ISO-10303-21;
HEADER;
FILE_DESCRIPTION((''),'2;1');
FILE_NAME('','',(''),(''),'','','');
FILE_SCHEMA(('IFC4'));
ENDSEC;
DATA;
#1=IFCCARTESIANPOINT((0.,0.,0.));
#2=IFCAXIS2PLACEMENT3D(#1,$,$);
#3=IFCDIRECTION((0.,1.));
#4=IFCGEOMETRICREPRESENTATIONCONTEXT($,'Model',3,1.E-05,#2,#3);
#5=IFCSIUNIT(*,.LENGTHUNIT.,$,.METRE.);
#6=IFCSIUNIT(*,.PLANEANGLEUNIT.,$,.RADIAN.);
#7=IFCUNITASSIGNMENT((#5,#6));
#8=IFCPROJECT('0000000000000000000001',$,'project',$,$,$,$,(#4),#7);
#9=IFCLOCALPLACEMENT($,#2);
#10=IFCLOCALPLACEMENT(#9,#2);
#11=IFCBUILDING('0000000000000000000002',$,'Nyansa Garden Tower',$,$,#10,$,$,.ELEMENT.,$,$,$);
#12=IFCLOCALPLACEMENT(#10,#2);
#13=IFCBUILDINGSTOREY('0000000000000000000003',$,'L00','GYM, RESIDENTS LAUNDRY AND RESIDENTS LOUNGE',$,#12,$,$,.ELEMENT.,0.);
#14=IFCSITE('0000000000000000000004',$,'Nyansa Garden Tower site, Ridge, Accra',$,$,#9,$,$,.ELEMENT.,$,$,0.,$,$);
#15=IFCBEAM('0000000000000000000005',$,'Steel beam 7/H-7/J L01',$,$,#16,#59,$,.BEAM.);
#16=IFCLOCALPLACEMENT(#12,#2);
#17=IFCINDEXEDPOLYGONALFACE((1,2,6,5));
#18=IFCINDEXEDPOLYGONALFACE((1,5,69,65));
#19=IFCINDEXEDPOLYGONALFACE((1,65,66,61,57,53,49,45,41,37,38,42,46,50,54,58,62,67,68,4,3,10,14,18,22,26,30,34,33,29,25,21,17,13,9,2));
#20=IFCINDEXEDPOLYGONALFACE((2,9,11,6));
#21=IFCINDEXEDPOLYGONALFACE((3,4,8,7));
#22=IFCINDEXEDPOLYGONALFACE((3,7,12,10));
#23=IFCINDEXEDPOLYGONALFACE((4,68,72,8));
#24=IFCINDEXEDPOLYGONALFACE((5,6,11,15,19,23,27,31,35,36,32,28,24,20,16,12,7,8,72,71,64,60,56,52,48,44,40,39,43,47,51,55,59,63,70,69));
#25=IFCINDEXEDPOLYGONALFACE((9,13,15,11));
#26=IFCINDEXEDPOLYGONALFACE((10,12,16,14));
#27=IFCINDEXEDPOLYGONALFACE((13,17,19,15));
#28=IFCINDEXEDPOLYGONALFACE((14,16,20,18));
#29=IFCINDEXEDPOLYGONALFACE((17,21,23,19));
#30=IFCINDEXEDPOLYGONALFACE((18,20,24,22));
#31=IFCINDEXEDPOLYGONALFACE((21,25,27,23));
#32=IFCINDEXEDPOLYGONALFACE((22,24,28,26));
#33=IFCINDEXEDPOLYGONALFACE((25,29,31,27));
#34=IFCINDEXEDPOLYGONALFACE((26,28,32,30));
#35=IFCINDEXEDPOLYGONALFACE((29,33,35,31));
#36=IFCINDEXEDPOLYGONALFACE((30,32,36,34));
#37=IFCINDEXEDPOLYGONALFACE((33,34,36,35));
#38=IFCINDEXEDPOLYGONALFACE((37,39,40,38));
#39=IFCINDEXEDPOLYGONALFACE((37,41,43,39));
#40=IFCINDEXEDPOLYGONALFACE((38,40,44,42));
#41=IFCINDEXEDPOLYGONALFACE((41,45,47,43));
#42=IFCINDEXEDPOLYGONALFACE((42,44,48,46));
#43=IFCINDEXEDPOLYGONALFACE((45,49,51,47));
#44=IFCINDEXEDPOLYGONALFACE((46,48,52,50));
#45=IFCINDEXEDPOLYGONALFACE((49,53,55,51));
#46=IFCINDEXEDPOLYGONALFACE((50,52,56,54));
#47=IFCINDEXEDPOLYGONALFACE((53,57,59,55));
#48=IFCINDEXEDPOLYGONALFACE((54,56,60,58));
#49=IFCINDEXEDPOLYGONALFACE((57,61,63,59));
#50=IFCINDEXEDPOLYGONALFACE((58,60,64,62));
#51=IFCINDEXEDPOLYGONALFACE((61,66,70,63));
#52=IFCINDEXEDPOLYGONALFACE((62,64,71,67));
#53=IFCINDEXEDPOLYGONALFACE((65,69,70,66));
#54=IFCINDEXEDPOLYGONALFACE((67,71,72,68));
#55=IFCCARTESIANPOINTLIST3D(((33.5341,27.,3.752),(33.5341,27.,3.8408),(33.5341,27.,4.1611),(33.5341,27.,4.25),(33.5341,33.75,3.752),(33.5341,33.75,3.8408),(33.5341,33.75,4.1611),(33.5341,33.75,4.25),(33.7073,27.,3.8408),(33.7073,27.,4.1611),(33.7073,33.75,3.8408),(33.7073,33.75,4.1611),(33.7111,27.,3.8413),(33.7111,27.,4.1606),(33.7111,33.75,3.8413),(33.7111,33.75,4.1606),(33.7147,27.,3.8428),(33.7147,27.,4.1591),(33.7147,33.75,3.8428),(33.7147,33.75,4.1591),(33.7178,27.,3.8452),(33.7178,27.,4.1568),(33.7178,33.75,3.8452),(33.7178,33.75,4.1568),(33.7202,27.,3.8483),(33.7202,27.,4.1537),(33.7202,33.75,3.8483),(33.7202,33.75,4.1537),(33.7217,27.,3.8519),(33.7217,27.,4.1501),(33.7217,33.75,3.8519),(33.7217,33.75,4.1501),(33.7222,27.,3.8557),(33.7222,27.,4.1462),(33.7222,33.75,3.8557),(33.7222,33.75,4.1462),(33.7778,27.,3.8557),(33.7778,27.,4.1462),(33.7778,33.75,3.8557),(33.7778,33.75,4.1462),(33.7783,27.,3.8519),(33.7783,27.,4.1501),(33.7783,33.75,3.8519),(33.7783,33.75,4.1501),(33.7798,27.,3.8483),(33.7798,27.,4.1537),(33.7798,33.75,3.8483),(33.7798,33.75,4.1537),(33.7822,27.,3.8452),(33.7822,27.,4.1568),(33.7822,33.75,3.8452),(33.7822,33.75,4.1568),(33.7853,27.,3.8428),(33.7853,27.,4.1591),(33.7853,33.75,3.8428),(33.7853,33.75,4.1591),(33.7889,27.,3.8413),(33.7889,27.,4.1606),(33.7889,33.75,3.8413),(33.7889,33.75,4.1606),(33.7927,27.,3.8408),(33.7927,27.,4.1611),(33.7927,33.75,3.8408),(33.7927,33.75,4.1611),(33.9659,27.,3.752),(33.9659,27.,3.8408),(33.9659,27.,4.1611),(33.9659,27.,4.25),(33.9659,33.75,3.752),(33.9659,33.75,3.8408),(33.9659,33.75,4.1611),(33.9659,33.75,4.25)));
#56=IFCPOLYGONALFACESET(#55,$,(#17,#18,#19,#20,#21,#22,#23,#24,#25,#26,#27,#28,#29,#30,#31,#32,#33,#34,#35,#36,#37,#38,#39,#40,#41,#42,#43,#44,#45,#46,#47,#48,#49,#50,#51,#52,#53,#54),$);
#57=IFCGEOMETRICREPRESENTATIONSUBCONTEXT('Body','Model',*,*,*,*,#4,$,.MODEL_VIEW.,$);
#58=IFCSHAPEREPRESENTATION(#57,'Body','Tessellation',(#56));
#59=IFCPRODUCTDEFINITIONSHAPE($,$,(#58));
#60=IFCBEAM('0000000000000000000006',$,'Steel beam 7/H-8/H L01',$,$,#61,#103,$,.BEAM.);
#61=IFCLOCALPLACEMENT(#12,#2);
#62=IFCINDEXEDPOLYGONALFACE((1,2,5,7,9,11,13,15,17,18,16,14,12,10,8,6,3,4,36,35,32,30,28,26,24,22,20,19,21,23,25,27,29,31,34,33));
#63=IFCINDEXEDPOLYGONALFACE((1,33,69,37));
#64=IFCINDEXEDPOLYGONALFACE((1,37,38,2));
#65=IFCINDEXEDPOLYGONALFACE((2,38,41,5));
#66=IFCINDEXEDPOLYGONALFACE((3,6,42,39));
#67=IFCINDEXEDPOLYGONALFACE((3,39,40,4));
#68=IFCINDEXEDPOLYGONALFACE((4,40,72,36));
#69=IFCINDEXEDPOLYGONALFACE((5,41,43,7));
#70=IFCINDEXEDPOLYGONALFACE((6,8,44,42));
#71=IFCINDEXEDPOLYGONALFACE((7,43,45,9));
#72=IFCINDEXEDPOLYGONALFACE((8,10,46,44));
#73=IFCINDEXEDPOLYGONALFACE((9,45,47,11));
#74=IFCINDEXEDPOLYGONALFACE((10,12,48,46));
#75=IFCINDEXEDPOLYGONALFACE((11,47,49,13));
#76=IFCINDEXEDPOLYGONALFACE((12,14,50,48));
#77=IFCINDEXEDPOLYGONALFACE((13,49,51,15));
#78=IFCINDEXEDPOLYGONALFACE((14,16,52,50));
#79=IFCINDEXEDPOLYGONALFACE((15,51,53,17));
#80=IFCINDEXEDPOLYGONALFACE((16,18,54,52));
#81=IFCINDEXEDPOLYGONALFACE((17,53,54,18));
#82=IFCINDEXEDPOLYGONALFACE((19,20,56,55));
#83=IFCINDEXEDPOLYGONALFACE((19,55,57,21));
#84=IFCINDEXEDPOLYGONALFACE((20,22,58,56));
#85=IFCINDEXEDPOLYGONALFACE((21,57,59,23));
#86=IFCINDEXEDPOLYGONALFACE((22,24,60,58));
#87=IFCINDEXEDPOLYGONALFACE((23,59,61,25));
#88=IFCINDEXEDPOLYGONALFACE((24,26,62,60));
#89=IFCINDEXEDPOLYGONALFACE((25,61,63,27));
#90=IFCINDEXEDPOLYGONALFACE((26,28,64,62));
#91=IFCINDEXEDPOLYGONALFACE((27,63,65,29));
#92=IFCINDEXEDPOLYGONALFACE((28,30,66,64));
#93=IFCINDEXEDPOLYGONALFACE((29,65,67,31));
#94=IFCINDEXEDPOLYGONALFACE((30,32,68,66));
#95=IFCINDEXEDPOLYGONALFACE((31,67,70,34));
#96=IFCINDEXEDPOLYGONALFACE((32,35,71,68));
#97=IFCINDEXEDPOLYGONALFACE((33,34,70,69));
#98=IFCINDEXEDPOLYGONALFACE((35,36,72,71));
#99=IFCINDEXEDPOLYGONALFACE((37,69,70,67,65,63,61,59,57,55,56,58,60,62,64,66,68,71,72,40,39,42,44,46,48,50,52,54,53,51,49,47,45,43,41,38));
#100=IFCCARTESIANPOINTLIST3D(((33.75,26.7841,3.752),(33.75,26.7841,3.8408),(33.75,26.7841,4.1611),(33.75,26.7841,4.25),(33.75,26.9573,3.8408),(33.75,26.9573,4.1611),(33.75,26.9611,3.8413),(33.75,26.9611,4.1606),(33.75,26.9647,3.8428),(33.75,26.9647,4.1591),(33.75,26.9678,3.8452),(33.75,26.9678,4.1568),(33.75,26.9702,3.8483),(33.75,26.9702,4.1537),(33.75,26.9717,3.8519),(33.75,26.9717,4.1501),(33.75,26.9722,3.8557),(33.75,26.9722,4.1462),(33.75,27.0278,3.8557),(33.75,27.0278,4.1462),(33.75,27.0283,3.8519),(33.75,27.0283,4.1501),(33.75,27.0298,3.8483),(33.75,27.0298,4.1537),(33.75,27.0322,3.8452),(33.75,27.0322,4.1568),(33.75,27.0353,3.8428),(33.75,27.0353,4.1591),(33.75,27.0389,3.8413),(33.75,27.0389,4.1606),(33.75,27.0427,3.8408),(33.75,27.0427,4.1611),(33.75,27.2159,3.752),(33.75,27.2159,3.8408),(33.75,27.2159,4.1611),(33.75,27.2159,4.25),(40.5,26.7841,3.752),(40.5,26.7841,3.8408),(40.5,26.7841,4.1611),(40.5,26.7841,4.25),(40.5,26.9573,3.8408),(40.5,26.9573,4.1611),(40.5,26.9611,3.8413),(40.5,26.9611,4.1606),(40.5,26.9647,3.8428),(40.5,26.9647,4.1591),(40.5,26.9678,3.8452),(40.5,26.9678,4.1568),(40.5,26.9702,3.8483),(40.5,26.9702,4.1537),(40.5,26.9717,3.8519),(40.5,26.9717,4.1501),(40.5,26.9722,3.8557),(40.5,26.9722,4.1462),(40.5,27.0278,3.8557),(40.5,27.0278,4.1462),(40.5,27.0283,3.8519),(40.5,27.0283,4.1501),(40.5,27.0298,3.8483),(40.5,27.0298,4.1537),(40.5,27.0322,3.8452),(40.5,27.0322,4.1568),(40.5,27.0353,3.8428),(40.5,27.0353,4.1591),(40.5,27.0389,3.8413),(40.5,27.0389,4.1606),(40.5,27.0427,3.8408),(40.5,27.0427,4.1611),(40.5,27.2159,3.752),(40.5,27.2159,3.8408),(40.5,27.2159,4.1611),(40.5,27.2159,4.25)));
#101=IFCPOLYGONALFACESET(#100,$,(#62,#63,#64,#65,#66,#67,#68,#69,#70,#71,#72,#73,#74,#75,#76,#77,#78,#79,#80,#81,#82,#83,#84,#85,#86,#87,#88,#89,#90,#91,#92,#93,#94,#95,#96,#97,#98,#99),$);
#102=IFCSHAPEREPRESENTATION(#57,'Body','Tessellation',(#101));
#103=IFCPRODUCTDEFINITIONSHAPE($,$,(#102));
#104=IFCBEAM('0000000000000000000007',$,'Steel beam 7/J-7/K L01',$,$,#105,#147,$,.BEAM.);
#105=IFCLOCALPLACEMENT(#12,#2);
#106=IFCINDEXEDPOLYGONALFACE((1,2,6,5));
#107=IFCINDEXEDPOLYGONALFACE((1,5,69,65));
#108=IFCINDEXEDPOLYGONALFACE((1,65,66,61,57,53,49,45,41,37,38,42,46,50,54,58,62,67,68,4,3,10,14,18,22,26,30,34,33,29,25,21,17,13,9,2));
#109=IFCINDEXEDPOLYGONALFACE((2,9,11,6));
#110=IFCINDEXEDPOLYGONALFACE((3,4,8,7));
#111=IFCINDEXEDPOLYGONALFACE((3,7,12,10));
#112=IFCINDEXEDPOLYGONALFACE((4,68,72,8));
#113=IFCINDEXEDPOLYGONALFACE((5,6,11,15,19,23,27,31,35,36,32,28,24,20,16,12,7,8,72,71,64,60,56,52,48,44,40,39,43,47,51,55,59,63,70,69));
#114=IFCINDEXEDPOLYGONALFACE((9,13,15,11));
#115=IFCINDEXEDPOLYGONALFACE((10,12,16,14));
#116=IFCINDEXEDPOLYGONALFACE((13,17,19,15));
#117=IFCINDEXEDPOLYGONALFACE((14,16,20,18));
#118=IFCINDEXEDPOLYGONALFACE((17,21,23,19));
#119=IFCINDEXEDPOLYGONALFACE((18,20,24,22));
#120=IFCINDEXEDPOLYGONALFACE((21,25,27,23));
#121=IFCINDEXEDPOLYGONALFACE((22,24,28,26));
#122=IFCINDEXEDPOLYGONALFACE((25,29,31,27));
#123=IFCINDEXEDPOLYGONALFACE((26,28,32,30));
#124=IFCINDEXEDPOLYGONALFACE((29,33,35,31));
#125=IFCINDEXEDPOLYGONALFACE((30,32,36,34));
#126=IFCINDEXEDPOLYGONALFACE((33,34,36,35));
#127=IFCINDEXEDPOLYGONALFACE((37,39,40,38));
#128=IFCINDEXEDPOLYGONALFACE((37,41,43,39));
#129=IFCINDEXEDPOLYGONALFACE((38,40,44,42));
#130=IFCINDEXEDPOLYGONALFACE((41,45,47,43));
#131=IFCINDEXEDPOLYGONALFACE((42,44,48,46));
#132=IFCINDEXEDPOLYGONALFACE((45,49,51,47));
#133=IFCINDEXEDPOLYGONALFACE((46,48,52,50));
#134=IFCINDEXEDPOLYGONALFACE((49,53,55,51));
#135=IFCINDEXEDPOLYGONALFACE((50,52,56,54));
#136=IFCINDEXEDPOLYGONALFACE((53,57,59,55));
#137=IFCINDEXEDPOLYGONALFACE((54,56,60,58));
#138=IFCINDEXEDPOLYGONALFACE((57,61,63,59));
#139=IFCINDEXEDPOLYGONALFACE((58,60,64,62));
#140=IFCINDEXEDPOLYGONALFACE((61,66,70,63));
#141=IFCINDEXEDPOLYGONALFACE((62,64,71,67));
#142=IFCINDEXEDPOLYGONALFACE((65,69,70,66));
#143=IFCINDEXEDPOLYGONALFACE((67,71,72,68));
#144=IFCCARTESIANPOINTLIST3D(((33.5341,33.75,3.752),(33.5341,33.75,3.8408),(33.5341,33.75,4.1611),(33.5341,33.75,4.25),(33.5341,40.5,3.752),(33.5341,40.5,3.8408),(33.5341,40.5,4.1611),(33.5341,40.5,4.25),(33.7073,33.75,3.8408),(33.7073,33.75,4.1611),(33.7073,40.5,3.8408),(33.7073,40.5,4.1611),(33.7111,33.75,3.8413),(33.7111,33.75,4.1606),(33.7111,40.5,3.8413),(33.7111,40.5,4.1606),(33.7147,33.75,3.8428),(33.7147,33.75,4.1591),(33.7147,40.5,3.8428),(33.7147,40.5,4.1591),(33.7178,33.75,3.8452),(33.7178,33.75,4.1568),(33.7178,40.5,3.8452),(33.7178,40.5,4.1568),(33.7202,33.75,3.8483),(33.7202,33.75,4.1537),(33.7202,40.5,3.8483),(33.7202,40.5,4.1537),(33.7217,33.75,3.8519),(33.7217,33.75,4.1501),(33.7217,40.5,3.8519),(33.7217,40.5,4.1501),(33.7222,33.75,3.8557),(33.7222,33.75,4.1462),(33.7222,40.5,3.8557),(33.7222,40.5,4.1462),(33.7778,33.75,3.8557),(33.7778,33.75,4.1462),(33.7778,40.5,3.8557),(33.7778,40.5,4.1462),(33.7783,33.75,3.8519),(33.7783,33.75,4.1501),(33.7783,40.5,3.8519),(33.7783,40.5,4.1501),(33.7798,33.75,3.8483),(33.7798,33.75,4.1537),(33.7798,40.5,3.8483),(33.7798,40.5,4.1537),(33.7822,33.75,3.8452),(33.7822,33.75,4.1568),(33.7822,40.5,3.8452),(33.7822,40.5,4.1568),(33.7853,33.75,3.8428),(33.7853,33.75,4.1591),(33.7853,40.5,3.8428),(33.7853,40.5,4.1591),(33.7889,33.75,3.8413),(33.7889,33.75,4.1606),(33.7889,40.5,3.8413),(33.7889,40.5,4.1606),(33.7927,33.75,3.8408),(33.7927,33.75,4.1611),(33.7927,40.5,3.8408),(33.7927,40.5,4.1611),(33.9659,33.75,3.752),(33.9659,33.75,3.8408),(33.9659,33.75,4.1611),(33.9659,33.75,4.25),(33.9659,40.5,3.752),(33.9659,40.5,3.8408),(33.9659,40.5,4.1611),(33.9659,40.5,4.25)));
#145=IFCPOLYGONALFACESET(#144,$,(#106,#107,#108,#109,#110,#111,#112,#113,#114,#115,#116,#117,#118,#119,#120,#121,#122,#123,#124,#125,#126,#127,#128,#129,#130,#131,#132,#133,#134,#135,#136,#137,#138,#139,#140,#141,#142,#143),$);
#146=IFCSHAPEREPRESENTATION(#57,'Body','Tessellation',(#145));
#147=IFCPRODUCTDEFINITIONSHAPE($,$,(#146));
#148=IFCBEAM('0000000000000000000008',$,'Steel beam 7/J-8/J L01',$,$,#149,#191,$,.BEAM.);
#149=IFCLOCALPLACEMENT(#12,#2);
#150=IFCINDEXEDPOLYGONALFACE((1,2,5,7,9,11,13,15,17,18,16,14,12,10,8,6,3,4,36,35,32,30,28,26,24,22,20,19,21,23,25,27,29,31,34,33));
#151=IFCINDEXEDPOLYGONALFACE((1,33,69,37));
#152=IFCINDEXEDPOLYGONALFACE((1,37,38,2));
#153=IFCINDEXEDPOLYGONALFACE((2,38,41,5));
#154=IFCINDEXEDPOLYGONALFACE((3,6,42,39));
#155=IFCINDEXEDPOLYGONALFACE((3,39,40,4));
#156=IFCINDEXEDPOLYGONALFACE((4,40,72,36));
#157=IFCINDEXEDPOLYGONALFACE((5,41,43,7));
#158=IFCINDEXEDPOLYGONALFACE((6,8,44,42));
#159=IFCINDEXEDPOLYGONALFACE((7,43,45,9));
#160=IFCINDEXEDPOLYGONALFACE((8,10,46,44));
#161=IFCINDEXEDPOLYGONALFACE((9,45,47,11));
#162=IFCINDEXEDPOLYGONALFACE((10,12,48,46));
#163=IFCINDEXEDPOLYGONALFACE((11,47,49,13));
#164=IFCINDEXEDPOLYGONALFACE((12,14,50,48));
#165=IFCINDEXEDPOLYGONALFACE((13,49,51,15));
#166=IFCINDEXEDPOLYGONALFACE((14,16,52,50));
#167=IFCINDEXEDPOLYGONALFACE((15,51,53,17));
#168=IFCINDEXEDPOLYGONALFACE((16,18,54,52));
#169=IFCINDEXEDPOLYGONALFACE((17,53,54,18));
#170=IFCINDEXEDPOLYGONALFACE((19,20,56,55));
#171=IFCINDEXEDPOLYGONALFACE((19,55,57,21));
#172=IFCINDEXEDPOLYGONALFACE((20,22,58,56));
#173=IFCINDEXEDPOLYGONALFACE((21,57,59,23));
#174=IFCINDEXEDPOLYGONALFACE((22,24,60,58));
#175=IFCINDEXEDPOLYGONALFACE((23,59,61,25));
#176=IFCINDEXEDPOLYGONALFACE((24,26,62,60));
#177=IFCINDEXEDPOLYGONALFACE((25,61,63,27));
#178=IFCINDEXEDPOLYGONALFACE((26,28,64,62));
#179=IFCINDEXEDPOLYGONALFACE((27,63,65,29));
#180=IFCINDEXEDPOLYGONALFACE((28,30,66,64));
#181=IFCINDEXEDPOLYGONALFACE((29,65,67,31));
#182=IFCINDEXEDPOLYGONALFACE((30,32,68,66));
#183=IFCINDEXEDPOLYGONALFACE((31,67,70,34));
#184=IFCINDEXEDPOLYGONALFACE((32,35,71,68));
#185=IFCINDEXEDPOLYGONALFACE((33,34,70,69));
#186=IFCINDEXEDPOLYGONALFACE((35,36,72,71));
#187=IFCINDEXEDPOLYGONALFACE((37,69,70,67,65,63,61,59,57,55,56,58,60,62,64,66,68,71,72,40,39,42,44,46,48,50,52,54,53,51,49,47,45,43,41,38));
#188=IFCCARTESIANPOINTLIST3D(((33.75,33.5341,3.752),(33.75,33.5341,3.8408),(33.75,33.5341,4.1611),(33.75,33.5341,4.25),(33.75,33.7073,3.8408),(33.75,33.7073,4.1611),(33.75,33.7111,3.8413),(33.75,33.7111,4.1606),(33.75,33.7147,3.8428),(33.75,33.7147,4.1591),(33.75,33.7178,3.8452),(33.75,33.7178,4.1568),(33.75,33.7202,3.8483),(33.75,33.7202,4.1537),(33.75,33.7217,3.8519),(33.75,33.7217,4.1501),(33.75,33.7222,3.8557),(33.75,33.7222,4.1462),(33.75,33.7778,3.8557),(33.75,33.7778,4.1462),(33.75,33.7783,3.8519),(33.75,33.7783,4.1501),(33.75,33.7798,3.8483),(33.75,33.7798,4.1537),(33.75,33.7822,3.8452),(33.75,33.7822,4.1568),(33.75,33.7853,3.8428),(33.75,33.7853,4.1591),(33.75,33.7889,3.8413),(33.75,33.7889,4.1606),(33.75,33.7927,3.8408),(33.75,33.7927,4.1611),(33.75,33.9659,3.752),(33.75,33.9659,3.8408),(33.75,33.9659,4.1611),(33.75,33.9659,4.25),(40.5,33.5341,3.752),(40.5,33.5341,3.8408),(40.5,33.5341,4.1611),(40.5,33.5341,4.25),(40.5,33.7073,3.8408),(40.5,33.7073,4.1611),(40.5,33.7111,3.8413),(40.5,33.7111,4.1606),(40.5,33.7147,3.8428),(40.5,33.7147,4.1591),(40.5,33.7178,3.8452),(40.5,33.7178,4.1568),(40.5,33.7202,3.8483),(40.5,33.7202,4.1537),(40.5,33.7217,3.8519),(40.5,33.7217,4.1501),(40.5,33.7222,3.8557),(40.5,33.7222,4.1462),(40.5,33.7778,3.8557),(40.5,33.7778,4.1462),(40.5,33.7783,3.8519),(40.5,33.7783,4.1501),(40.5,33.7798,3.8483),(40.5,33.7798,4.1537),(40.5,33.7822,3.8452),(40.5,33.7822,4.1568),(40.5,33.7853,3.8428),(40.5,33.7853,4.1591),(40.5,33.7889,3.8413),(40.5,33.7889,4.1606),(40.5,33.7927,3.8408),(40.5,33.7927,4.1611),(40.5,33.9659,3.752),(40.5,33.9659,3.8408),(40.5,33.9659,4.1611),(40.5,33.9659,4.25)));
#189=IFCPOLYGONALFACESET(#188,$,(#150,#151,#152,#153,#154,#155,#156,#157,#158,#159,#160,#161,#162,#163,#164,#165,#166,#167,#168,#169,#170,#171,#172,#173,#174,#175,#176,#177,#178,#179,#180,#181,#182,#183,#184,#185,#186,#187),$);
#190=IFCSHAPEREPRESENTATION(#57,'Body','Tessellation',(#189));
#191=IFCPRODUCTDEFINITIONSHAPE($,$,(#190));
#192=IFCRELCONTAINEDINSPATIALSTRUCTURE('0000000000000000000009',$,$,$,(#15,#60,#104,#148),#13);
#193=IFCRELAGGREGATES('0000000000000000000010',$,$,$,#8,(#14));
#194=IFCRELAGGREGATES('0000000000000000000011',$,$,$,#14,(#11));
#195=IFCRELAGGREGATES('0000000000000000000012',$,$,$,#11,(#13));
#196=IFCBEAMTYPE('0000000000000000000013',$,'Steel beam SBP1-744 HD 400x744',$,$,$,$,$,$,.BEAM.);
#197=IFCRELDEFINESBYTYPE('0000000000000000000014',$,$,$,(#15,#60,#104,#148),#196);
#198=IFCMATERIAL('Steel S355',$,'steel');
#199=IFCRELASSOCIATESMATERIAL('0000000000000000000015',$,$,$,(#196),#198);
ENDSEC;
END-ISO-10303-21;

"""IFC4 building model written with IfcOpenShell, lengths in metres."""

from ifc_helpers import new_model, si_unit, direction, frame, origin, origin_2d, place, context, subcontext, project, spatial, i_section, extrude, material, material_profile, profile_set, type_object, element, save


model = new_model("IFC4")

# Units and contexts
model_context = context("Model", 3, precision=1e-05, world=origin(), true_north=direction((0.0, 1.0)))
body_context = subcontext(model_context, "Body", "Model", "MODEL_VIEW")
ifc_project = project(units=[si_unit("LENGTHUNIT", "METRE"), si_unit("PLANEANGLEUNIT", "RADIAN")], contexts=[model_context])

# Site, building, storey
site_placement = place(None, origin())
site = spatial("IfcSite", under=ifc_project, at=site_placement, Name="Nyansa Garden Tower site, Ridge, Accra", CompositionType="ELEMENT", RefElevation=0.0)
building_placement = place(site_placement, origin())
building = spatial("IfcBuilding", under=site, at=building_placement, Name="Nyansa Garden Tower", CompositionType="ELEMENT")
storey_placement = place(building_placement, origin())
storey = spatial("IfcBuildingStorey", under=building, at=storey_placement, Name="L00", Description="GYM, RESIDENTS LAUNDRY AND RESIDENTS LOUNGE", CompositionType="ELEMENT", Elevation=0.0)

# Beams
ifc_material_1 = material(Name="Steel S355", Category="steel")
ifc_material_profile_1 = material_profile(ifc_material_1, i_section(OverallWidth=0.4319, OverallDepth=0.498, WebThickness=0.0557, FlangeThickness=0.0889, FilletRadius=0.0149, at=origin_2d()), Name="HD 400x744")
ifc_profile_set_1 = profile_set([ifc_material_profile_1], Name="Steel S355")
beam_type_1 = type_object("IfcBeamType", Name="Steel beam SBP1-744 HD 400x744", PredefinedType="BEAM", material=ifc_profile_set_1)
for number, where, z_axis, x_axis, name in (
    (1, (33.75, 27.0, 4.001), (0.0, 1.0, 0.0), (-1.0, 0.0, 0.0), "Steel beam 7/H-7/J L01"),
    (2, (33.75, 27.0, 4.001), (1.0, 0.0, 0.0), (0.0, 1.0, 0.0), "Steel beam 7/H-8/H L01"),
    (3, (33.75, 33.75, 4.001), (0.0, 1.0, 0.0), (-1.0, 0.0, 0.0), "Steel beam 7/J-7/K L01"),
    (4, (33.75, 33.75, 4.001), (1.0, 0.0, 0.0), (0.0, 1.0, 0.0), "Steel beam 7/J-8/J L01"),
):
    element("IfcBeam", number, at=place(storey_placement, frame(where, z_axis=z_axis, x_axis=x_axis)), inside=storey, type_object=beam_type_1, Name=name, PredefinedType="BEAM", context=body_context, shape_type="SweptSolid", body=[
        extrude(i_section(OverallWidth=0.4319, OverallDepth=0.498, WebThickness=0.0557, FlangeThickness=0.0889, FilletRadius=0.0149, at=origin_2d()), origin(), (0.0, 0.0, 1.0), 6.75),
    ])

save(model, "model.ifc")
